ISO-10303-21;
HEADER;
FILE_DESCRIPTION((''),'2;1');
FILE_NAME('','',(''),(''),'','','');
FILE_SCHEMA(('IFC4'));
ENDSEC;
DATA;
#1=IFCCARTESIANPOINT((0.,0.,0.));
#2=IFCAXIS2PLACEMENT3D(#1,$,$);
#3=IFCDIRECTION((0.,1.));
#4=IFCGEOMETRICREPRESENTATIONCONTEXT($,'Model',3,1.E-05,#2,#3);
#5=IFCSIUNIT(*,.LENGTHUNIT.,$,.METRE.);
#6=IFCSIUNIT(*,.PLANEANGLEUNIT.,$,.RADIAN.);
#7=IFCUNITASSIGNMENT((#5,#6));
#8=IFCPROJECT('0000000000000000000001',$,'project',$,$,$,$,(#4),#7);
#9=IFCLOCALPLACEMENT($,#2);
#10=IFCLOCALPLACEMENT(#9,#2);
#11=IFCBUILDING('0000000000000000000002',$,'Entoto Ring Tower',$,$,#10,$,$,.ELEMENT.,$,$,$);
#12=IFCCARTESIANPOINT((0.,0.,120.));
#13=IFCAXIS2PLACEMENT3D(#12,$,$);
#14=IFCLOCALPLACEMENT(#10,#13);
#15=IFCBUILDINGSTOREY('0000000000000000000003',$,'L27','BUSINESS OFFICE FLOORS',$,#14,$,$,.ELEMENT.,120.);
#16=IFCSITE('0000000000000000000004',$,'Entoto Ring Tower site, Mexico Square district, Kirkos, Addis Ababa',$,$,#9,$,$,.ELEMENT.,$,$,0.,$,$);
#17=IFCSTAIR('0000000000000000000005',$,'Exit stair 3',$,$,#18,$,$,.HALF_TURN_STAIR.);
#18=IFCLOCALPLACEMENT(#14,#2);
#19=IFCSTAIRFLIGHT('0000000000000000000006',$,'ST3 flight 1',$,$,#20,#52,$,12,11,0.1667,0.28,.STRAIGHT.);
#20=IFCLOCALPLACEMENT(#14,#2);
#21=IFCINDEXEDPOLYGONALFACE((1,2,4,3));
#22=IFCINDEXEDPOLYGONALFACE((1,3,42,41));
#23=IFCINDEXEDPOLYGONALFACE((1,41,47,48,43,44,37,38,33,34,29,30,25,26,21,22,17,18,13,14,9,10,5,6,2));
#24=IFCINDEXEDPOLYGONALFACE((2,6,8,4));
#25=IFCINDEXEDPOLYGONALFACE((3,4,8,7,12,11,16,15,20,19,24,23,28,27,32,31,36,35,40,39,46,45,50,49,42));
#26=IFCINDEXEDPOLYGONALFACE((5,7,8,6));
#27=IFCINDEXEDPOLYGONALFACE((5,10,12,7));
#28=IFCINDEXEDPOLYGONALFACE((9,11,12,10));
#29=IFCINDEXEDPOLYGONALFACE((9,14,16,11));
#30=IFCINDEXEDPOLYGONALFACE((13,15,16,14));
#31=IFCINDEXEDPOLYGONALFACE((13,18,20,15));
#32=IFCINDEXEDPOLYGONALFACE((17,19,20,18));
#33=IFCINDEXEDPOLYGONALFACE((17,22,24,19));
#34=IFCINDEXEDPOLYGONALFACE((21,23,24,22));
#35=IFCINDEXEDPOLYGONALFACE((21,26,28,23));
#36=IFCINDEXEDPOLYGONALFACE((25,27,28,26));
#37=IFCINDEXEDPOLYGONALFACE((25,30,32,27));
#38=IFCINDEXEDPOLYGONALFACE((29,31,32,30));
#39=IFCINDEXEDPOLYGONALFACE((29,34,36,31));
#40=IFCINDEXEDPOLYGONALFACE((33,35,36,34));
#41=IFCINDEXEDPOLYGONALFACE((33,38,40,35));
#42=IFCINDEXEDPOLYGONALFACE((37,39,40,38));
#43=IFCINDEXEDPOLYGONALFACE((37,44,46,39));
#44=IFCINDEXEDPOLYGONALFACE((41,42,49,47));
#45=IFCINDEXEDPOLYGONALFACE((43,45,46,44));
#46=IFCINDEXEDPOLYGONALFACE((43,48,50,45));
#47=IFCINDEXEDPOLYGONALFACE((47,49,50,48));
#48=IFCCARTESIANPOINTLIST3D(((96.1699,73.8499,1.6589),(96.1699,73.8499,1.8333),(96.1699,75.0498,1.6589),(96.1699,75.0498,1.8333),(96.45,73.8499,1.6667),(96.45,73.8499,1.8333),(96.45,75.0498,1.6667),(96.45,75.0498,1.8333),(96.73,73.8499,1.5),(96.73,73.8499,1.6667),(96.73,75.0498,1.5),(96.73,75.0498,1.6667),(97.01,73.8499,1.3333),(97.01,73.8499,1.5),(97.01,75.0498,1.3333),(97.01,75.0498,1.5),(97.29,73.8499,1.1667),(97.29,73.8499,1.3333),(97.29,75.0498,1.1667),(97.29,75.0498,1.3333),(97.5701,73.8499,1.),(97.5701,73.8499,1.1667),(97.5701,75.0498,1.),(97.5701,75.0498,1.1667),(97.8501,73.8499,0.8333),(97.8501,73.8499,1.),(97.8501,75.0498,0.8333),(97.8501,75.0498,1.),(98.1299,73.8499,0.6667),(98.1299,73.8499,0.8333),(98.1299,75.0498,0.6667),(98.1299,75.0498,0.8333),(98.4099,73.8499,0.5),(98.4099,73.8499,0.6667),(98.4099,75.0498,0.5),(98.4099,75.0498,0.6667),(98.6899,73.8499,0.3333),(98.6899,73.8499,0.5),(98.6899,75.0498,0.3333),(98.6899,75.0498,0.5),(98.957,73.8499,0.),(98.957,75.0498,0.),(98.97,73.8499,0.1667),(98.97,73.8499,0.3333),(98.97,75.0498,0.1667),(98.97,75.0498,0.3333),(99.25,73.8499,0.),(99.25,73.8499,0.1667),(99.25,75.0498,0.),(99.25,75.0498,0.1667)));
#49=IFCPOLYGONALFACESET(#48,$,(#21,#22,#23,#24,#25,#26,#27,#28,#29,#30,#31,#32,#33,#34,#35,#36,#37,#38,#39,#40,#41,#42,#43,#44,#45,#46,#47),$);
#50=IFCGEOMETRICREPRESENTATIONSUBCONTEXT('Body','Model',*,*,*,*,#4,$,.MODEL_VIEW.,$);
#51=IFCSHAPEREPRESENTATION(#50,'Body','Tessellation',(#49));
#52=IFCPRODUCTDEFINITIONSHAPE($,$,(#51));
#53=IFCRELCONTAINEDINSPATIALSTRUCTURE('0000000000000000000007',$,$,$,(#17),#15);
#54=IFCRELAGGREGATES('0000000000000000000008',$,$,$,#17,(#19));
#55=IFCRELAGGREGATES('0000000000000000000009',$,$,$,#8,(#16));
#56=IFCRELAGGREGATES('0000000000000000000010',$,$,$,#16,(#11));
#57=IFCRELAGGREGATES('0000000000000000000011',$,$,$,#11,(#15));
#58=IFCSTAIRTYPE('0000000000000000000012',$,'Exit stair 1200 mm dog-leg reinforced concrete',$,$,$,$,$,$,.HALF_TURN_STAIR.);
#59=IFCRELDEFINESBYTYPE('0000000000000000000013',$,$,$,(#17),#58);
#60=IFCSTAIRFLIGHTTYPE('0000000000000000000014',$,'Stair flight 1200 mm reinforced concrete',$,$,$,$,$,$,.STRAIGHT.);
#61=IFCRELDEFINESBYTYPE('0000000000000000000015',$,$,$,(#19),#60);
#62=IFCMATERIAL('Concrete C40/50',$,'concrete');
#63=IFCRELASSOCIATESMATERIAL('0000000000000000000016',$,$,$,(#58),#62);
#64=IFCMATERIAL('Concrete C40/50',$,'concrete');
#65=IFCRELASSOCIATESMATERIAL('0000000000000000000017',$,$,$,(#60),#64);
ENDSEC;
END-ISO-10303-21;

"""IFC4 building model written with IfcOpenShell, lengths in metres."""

from ifc_helpers import new_model, si_unit, direction, frame, origin, place, context, subcontext, project, spatial, polyline, outline, extrude, material, type_object, element, aggregate, save


model = new_model("IFC4")

# Units and contexts
model_context = context("Model", 3, precision=1e-05, world=origin(), true_north=direction((0.0, 1.0)))
body_context = subcontext(model_context, "Body", "Model", "MODEL_VIEW")
ifc_project = project(units=[si_unit("LENGTHUNIT", "METRE"), si_unit("PLANEANGLEUNIT", "RADIAN")], contexts=[model_context])

# Site, building, storey
site_placement = place(None, origin())
site = spatial("IfcSite", under=ifc_project, at=site_placement, Name="Entoto Ring Tower site, Mexico Square district, Kirkos, Addis Ababa", CompositionType="ELEMENT", RefElevation=0.0)
building_placement = place(site_placement, origin())
building = spatial("IfcBuilding", under=site, at=building_placement, Name="Entoto Ring Tower", CompositionType="ELEMENT")
storey_placement = place(building_placement, frame((0.0, 0.0, 120.0)))
storey = spatial("IfcBuildingStorey", under=building, at=storey_placement, Name="L27", Description="BUSINESS OFFICE FLOORS", CompositionType="ELEMENT", Elevation=120.0)

# Stair, stair flight
ifc_material_1 = material(Name="Concrete C40/50", Category="concrete")
stair_type = type_object("IfcStairType", Name="Exit stair 1200 mm dog-leg reinforced concrete", PredefinedType="HALF_TURN_STAIR", material=ifc_material_1)
stair_placement = place(storey_placement, origin())
stair = element("IfcStair", 1, at=stair_placement, inside=storey, type_object=stair_type, Name="Exit stair 3", PredefinedType="HALF_TURN_STAIR")
ifc_material_2 = material(Name="Concrete C40/50", Category="concrete")
stair_flight_type = type_object("IfcStairFlightType", Name="Stair flight 1200 mm reinforced concrete", PredefinedType="STRAIGHT", material=ifc_material_2)
stair_flight_placement = place(storey_placement, frame((99.25, 74.45, 0.0), z_axis=(0.0, 0.0, 1.0), x_axis=(-1.0, 0.0, 0.0)))
stair_flight = element("IfcStairFlight", 2, at=stair_flight_placement, type_object=stair_flight_type, Name="ST3 flight 1", NumberOfRisers=12, NumberOfTreads=11, PredefinedType="STRAIGHT", RiserHeight=0.1667, TreadLength=0.28, context=body_context, shape_type="SweptSolid", body=[
    extrude(outline(polyline([(0.0, 0.0), (0.0, 0.1667), (0.28, 0.1667), (0.28, 0.3333), (0.5601, 0.3333), (0.5601, 0.5), (0.8401, 0.5), (0.8401, 0.6667), (1.1201, 0.6667), (1.1201, 0.8333), (1.3999, 0.8333), (1.3999, 1.0), (1.6799, 1.0), (1.6799, 1.1667), (1.96, 1.1667), (1.96, 1.3333), (2.24, 1.3333), (2.24, 1.5), (2.52, 1.5), (2.52, 1.6667), (2.8, 1.6667), (2.8, 1.8333), (3.0801, 1.8333), (3.0801, 2.0), (3.0801, 1.6589), (0.293, 0.0), (0.0, 0.0)])), frame((0.0, 0.6001, 0.0), z_axis=(0.0, -1.0, 0.0), x_axis=(1.0, 0.0, 0.0)), (0.0, 0.0, 1.0), 1.2),
])
aggregate(stair, [stair_flight])

save(model, "model.ifc")
